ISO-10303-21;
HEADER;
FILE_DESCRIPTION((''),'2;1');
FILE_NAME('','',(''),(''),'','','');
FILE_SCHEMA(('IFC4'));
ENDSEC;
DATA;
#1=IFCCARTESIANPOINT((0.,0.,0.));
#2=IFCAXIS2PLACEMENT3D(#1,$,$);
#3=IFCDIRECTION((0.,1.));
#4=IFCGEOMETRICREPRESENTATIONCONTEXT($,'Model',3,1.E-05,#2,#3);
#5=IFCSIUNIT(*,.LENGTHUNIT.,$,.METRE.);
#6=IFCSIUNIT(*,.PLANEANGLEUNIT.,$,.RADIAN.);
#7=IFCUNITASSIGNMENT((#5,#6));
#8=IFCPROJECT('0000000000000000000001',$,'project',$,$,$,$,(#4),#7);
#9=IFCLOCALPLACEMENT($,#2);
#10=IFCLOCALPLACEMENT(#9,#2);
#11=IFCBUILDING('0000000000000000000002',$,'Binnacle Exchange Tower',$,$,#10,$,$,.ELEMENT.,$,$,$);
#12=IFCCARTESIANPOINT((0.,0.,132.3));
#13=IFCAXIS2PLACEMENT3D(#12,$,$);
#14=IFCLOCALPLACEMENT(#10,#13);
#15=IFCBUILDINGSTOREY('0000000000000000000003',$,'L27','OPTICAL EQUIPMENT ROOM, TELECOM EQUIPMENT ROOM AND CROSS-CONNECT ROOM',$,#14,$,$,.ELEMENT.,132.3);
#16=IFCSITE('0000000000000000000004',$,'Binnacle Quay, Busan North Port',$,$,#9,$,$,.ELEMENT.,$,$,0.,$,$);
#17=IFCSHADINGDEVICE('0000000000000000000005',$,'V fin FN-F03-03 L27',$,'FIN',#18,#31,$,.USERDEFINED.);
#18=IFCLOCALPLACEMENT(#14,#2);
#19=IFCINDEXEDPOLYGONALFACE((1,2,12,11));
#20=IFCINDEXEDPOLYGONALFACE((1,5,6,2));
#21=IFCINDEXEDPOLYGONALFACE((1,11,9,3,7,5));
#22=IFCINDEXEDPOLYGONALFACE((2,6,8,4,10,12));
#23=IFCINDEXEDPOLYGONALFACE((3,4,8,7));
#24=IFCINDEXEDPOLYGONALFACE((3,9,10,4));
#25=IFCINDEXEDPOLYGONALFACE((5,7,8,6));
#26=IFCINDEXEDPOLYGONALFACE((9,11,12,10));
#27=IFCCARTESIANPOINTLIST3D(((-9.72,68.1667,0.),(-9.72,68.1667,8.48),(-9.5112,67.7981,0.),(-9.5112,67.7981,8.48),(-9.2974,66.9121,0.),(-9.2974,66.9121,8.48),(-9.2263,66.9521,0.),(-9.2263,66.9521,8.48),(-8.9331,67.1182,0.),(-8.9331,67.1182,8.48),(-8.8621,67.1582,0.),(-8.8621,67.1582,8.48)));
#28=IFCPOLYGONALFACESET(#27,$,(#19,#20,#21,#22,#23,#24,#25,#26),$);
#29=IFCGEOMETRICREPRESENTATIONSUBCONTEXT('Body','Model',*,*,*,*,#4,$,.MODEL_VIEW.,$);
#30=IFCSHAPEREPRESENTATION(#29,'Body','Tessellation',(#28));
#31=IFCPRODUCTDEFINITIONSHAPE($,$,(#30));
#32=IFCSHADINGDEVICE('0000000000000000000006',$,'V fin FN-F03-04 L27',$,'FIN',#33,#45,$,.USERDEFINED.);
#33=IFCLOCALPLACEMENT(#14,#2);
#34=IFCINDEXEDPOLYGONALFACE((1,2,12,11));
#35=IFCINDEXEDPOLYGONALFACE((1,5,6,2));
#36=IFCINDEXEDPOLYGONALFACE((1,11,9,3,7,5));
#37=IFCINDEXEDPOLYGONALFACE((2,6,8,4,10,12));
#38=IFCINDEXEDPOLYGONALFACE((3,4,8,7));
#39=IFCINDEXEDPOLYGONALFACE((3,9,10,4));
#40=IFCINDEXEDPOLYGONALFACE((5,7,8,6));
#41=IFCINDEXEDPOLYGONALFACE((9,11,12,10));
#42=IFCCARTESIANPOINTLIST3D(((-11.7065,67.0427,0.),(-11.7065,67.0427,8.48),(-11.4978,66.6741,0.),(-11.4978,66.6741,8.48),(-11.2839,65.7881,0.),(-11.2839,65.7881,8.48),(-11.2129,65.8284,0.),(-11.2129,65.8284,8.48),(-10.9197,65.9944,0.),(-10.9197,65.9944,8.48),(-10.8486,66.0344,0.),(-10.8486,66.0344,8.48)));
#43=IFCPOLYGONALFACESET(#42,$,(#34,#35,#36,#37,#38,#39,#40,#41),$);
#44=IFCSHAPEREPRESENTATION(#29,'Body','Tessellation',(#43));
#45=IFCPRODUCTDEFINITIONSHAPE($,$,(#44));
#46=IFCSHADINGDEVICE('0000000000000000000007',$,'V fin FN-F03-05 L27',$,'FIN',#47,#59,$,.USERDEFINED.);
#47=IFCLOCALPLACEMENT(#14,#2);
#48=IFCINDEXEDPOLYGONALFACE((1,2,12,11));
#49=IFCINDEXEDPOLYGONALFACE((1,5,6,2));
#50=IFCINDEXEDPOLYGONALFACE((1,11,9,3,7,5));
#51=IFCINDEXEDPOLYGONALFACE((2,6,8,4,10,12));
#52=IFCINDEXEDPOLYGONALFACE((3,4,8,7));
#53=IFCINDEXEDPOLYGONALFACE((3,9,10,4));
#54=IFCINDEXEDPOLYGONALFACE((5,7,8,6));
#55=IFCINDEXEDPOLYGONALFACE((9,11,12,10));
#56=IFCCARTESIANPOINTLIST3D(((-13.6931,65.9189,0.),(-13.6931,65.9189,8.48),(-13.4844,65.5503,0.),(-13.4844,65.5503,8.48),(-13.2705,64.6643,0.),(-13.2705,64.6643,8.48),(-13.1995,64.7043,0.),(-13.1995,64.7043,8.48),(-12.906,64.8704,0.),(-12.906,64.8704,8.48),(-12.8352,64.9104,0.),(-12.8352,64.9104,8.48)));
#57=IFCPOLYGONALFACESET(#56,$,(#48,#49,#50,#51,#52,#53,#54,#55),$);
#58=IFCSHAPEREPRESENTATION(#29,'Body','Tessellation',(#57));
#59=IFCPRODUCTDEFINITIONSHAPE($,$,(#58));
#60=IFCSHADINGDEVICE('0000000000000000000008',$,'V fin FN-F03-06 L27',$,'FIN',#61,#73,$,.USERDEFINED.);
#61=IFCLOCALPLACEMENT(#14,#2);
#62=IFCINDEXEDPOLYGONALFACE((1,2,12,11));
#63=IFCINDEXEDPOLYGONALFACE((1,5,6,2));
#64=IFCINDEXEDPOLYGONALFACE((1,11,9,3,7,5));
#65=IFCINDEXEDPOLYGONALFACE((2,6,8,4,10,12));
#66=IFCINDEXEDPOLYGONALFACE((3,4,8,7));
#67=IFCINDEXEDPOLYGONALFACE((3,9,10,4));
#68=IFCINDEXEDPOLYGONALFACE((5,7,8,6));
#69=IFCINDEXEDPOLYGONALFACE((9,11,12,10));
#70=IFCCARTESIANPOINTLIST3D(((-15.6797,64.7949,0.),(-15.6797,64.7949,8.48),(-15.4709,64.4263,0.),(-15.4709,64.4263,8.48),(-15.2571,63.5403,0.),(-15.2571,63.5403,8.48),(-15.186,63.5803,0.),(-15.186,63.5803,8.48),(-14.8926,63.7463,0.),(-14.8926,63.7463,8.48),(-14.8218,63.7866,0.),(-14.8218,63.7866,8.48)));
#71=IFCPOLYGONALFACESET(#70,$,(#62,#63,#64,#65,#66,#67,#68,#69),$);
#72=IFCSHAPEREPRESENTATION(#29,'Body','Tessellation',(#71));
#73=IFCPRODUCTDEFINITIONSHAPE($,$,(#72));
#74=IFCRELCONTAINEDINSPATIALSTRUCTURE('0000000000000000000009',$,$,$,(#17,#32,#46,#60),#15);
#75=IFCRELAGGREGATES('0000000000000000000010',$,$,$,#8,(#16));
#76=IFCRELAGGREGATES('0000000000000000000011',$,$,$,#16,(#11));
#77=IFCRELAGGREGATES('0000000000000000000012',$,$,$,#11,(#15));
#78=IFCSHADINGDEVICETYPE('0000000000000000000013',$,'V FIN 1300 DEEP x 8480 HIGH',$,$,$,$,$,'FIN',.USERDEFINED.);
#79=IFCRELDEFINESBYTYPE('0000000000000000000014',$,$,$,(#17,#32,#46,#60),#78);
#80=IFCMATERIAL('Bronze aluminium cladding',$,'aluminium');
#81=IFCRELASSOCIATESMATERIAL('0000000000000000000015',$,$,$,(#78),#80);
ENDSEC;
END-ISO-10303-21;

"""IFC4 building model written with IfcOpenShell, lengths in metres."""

from ifc_helpers import new_model, si_unit, direction, frame, origin, place, context, subcontext, project, spatial, polyline, outline, extrude, material, type_object, element, save


model = new_model("IFC4")

# Units and contexts
model_context = context("Model", 3, precision=1e-05, world=origin(), true_north=direction((0.0, 1.0)))
body_context = subcontext(model_context, "Body", "Model", "MODEL_VIEW")
ifc_project = project(units=[si_unit("LENGTHUNIT", "METRE"), si_unit("PLANEANGLEUNIT", "RADIAN")], contexts=[model_context])

# Site, building, storey
site_placement = place(None, origin())
site = spatial("IfcSite", under=ifc_project, at=site_placement, Name="Binnacle Quay, Busan North Port", CompositionType="ELEMENT", RefElevation=0.0)
building_placement = place(site_placement, origin())
building = spatial("IfcBuilding", under=site, at=building_placement, Name="Binnacle Exchange Tower", CompositionType="ELEMENT")
storey_placement = place(building_placement, frame((0.0, 0.0, 132.3)))
storey = spatial("IfcBuildingStorey", under=building, at=storey_placement, Name="L27", Description="OPTICAL EQUIPMENT ROOM, TELECOM EQUIPMENT ROOM AND CROSS-CONNECT ROOM", CompositionType="ELEMENT", Elevation=132.3)

# Shading devices
ifc_material_1 = material(Name="Bronze aluminium cladding", Category="aluminium")
shading_device_type = type_object("IfcShadingDeviceType", Name="V FIN 1300 DEEP x 8480 HIGH", ElementType="FIN", PredefinedType="USERDEFINED", material=ifc_material_1)
shading_device_1_placement = place(storey_placement, origin())
element("IfcShadingDevice", 1, at=shading_device_1_placement, inside=storey, type_object=shading_device_type, Name="V fin FN-F03-03 L27", ObjectType="FIN", PredefinedType="USERDEFINED", context=body_context, shape_type="SweptSolid", body=[
    extrude(outline(polyline([(-8.8621, 67.1582), (-9.72, 68.1667), (-9.2974, 66.9121), (-9.2263, 66.9521), (-9.5112, 67.7981), (-8.9331, 67.1182), (-8.8621, 67.1582)])), origin(), (0.0, 0.0, 1.0), 8.48),
])
shading_device_2_placement = place(storey_placement, origin())
element("IfcShadingDevice", 2, at=shading_device_2_placement, inside=storey, type_object=shading_device_type, Name="V fin FN-F03-04 L27", ObjectType="FIN", PredefinedType="USERDEFINED", context=body_context, shape_type="SweptSolid", body=[
    extrude(outline(polyline([(-10.8486, 66.0344), (-11.7065, 67.0427), (-11.2839, 65.7881), (-11.2129, 65.8284), (-11.4978, 66.6741), (-10.9197, 65.9944), (-10.8486, 66.0344)])), origin(), (0.0, 0.0, 1.0), 8.48),
])
shading_device_3_placement = place(storey_placement, origin())
element("IfcShadingDevice", 3, at=shading_device_3_placement, inside=storey, type_object=shading_device_type, Name="V fin FN-F03-05 L27", ObjectType="FIN", PredefinedType="USERDEFINED", context=body_context, shape_type="SweptSolid", body=[
    extrude(outline(polyline([(-12.8352, 64.9104), (-13.6931, 65.9189), (-13.2705, 64.6643), (-13.1995, 64.7043), (-13.4844, 65.5503), (-12.906, 64.8704), (-12.8352, 64.9104)])), origin(), (0.0, 0.0, 1.0), 8.48),
])
shading_device_4_placement = place(storey_placement, origin())
element("IfcShadingDevice", 4, at=shading_device_4_placement, inside=storey, type_object=shading_device_type, Name="V fin FN-F03-06 L27", ObjectType="FIN", PredefinedType="USERDEFINED", context=body_context, shape_type="SweptSolid", body=[
    extrude(outline(polyline([(-14.8218, 63.7866), (-15.6797, 64.7949), (-15.2571, 63.5403), (-15.186, 63.5803), (-15.4709, 64.4263), (-14.8926, 63.7463), (-14.8218, 63.7866)])), origin(), (0.0, 0.0, 1.0), 8.48),
])

save(model, "model.ifc")
